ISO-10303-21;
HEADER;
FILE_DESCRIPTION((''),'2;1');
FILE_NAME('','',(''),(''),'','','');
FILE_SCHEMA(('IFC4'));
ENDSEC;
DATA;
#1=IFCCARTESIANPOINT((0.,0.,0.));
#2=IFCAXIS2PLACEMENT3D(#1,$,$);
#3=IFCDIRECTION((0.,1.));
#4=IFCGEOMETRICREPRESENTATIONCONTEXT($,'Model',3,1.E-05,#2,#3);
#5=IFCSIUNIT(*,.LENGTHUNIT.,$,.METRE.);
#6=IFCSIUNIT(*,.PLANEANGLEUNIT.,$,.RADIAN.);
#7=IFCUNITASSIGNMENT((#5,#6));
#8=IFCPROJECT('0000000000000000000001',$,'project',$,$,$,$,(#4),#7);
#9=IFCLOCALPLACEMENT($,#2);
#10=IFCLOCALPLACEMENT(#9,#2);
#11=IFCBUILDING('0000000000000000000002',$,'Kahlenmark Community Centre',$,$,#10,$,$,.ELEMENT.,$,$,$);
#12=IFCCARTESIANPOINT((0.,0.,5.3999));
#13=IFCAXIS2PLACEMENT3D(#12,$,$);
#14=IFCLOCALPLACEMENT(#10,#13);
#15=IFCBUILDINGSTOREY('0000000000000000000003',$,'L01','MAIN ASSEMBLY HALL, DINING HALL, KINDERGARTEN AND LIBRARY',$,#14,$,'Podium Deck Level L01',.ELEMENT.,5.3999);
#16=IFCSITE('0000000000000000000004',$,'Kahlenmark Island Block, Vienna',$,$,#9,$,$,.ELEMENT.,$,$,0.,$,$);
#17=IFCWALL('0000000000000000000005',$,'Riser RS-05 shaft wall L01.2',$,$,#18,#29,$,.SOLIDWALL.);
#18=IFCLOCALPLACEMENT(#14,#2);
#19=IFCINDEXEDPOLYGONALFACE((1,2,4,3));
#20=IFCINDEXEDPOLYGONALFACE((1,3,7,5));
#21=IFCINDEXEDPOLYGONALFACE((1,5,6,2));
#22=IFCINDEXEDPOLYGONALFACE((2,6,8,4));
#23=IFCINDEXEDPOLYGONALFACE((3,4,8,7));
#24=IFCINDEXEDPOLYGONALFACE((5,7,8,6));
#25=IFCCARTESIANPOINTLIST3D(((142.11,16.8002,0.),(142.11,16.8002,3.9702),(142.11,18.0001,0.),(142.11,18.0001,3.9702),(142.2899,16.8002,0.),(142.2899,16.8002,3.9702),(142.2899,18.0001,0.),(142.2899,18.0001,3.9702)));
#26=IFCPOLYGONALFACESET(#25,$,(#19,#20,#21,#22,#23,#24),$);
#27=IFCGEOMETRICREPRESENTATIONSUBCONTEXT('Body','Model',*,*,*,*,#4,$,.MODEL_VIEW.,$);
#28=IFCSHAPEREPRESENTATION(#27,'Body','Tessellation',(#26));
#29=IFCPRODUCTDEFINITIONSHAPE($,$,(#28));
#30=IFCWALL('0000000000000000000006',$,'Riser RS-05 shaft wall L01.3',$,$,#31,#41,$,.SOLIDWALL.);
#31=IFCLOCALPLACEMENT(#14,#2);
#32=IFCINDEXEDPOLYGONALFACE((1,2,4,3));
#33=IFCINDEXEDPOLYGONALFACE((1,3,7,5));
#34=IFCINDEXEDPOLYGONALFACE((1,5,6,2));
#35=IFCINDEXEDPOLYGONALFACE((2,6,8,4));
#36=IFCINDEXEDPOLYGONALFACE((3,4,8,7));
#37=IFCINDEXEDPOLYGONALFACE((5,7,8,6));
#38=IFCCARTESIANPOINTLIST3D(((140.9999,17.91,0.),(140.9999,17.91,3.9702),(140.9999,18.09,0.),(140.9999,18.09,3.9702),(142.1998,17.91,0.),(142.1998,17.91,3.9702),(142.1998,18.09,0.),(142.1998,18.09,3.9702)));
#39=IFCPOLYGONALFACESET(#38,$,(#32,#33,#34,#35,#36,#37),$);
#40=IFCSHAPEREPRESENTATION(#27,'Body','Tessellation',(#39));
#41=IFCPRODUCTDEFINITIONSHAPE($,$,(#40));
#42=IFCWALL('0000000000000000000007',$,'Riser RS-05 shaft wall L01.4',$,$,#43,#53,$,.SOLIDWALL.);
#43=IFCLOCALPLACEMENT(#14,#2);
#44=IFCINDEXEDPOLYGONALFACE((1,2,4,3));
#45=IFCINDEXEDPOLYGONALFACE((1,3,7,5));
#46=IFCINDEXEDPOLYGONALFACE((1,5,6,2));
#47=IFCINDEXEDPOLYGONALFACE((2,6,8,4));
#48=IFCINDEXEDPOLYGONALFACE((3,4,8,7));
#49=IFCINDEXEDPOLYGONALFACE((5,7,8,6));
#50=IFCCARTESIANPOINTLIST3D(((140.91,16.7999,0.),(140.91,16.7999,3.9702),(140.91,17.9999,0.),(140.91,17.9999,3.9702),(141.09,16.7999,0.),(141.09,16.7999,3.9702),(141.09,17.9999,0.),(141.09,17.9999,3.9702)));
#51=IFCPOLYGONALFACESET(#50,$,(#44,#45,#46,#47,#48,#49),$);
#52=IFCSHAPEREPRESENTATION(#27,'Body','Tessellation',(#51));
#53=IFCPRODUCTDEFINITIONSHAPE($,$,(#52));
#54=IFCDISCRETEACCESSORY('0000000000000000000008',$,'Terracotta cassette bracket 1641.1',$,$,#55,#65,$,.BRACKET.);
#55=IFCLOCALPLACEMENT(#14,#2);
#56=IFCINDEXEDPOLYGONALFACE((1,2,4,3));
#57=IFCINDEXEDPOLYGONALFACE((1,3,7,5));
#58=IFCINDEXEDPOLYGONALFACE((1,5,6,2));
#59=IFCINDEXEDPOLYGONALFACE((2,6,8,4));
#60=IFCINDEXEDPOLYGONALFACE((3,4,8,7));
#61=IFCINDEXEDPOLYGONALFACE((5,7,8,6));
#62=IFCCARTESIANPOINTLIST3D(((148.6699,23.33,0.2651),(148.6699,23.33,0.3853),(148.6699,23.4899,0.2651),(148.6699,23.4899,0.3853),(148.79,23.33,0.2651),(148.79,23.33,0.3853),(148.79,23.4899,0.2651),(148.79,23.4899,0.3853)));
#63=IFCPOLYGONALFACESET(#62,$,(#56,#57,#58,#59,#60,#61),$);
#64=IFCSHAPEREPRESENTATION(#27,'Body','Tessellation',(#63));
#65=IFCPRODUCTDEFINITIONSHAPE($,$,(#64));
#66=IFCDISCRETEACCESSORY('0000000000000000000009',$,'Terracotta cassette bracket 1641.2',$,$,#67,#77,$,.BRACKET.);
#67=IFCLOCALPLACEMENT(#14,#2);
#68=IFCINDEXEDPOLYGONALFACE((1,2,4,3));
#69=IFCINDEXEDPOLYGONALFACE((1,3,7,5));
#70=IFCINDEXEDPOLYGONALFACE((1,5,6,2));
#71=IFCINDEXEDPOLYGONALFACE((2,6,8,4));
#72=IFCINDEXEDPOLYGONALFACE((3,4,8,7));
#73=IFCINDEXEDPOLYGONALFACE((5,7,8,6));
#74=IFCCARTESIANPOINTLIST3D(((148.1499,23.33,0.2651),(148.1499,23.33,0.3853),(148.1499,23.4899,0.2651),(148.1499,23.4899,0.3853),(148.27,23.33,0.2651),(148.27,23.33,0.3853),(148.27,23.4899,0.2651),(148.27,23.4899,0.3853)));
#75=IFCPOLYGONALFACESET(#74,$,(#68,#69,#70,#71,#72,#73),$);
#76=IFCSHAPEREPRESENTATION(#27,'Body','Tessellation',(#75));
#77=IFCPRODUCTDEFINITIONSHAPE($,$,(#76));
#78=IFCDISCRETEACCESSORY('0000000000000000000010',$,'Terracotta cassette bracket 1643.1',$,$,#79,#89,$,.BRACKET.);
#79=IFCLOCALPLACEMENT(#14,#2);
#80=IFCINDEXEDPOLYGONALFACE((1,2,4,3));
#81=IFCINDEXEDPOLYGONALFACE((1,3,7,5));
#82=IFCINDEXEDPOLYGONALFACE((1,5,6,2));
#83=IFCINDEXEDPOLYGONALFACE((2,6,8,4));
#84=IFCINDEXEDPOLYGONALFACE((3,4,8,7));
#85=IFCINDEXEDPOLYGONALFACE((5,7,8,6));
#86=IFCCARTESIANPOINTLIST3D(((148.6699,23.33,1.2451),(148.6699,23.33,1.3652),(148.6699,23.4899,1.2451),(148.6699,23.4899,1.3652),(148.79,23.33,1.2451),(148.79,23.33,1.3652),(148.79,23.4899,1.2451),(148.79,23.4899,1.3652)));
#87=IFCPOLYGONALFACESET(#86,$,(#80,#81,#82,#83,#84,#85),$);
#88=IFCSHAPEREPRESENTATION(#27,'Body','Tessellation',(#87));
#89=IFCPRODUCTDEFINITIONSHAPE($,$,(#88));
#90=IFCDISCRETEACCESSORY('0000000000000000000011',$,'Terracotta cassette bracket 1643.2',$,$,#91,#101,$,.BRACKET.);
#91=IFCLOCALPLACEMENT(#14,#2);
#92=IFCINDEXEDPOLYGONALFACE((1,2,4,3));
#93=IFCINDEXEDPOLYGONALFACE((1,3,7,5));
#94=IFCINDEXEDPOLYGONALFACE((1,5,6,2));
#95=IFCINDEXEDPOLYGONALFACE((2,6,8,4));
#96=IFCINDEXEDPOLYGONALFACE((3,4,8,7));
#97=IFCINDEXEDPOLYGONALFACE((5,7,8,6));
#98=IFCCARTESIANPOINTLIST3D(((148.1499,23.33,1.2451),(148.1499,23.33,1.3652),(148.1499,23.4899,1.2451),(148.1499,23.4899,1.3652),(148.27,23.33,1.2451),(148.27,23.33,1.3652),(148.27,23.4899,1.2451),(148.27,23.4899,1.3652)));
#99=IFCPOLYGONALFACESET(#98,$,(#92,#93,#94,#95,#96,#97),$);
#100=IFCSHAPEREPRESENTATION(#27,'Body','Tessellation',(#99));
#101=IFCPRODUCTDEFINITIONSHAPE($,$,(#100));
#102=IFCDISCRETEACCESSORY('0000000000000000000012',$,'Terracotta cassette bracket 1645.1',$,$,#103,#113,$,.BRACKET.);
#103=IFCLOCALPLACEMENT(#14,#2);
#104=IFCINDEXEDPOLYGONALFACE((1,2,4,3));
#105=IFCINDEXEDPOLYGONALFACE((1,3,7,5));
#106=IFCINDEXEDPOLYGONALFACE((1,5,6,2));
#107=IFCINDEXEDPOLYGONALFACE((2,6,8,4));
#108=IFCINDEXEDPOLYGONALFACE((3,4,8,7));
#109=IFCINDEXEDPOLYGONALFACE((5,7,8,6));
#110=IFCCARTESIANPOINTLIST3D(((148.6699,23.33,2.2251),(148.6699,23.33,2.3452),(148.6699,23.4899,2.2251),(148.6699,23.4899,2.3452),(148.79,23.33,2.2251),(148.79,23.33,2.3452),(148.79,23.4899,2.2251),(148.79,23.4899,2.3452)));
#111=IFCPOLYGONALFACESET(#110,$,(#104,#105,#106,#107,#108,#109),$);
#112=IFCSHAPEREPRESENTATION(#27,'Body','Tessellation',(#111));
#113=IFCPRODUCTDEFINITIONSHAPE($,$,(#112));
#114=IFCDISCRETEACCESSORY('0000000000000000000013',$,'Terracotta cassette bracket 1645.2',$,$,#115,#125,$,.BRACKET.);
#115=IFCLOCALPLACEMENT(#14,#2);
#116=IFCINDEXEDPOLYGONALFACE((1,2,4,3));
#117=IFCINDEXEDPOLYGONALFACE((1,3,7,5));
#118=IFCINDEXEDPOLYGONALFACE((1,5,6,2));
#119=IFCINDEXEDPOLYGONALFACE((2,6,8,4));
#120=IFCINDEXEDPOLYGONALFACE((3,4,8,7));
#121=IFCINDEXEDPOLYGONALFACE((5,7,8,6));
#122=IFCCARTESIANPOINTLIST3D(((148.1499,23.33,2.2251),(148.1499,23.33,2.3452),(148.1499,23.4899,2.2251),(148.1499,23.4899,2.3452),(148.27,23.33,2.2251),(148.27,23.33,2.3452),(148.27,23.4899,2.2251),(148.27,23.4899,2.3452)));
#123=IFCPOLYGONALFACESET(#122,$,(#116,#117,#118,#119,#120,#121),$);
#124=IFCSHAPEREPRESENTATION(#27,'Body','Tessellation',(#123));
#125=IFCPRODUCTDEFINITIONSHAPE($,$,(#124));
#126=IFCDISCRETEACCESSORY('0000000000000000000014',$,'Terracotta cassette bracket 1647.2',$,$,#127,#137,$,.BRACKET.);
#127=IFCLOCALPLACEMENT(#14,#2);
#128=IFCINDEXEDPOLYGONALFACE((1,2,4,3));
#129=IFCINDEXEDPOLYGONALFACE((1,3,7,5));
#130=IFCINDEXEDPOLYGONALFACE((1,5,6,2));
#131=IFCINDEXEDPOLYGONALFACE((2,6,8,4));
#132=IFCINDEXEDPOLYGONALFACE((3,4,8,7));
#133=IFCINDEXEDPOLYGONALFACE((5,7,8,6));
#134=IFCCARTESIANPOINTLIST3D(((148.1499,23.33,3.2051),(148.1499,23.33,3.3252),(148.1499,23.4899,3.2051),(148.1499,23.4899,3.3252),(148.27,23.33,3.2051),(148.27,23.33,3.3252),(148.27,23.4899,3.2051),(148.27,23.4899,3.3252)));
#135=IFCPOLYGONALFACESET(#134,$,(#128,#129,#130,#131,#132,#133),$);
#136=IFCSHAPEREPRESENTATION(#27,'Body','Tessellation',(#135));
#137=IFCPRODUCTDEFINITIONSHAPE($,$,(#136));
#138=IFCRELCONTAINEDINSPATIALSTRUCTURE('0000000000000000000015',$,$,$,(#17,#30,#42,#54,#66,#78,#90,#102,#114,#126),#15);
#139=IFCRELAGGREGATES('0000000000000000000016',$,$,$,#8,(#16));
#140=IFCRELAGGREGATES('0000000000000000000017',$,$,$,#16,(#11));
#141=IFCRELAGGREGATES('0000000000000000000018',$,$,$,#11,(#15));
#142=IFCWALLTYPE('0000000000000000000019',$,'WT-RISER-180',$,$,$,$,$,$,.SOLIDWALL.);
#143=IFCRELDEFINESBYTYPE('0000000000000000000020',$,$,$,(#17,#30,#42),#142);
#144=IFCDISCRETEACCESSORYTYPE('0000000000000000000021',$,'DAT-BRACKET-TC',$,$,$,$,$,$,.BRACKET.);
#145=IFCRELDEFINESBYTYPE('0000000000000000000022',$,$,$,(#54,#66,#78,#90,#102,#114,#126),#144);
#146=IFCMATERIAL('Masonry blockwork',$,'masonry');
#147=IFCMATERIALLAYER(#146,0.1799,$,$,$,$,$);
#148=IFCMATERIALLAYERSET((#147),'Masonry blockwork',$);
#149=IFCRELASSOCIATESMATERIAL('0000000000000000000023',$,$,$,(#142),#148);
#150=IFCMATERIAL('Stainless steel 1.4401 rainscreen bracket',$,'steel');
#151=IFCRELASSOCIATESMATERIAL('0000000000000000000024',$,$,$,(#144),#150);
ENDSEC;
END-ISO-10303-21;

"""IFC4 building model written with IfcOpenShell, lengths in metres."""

from ifc_helpers import new_model, si_unit, direction, frame, frame_2d, origin, origin_2d, place, context, subcontext, project, spatial, rectangle, extrude, material, layer, layer_set, type_object, element, save


model = new_model("IFC4")

# Units and contexts
model_context = context("Model", 3, precision=1e-05, world=origin(), true_north=direction((0.0, 1.0)))
body_context = subcontext(model_context, "Body", "Model", "MODEL_VIEW")
ifc_project = project(units=[si_unit("LENGTHUNIT", "METRE"), si_unit("PLANEANGLEUNIT", "RADIAN")], contexts=[model_context])

# Site, building, storey
site_placement = place(None, origin())
site = spatial("IfcSite", under=ifc_project, at=site_placement, Name="Kahlenmark Island Block, Vienna", CompositionType="ELEMENT", RefElevation=0.0)
building_placement = place(site_placement, origin())
building = spatial("IfcBuilding", under=site, at=building_placement, Name="Kahlenmark Community Centre", CompositionType="ELEMENT")
storey_placement = place(building_placement, frame((0.0, 0.0, 5.3999)))
storey = spatial("IfcBuildingStorey", under=building, at=storey_placement, Name="L01", Description="MAIN ASSEMBLY HALL, DINING HALL, KINDERGARTEN AND LIBRARY", LongName="Podium Deck Level L01", CompositionType="ELEMENT", Elevation=5.3999)

# Shared definitions
ifc_material_1 = material(Name="Masonry blockwork", Category="masonry")
ifc_layer_1 = layer(ifc_material_1, 0.1799)
ifc_layer_set_1 = layer_set([ifc_layer_1], Name="Masonry blockwork")
wall_type_1 = type_object("IfcWallType", Name="WT-RISER-180", PredefinedType="SOLIDWALL", material=ifc_layer_set_1)

# Walls
for number, where, z_axis, x_axis, name in (
    (1, (142.2, 16.8, 0.0), (0.0, 0.0, 1.0), (0.0, 1.0, 0.0), "Riser RS-05 shaft wall L01.2"),
    (2, (142.2, 18.0, 0.0), (0.0, 0.0, 1.0), (-1.0, 0.0, 0.0), "Riser RS-05 shaft wall L01.3"),
    (3, (141.0, 18.0, 0.0), (0.0, 0.0, 1.0), (0.0, -1.0, 0.0), "Riser RS-05 shaft wall L01.4"),
):
    element("IfcWall", number, at=place(storey_placement, frame(where, z_axis=z_axis, x_axis=x_axis)), inside=storey, type_object=wall_type_1, Name=name, PredefinedType="SOLIDWALL", context=body_context, shape_type="SweptSolid", body=[
        extrude(rectangle(XDim=1.2, YDim=0.1799, at=frame_2d((0.6001, 0.0))), origin(), (0.0, 0.0, 1.0), 3.9702),
    ])

# Discrete accessories
ifc_material_2 = material(Name="Stainless steel 1.4401 rainscreen bracket", Category="steel")
discrete_accessory_type = type_object("IfcDiscreteAccessoryType", Name="DAT-BRACKET-TC", PredefinedType="BRACKET", material=ifc_material_2)
for number, where, z_axis, x_axis, name in (
    (4, (148.73, 23.4099, 0.2651), (0.0, 0.0, 1.0), (-1.0, 0.0, 0.0), "Terracotta cassette bracket 1641.1"),
    (5, (148.21, 23.4099, 0.2651), (0.0, 0.0, 1.0), (-1.0, 0.0, 0.0), "Terracotta cassette bracket 1641.2"),
    (6, (148.73, 23.4099, 1.2451), (0.0, 0.0, 1.0), (-1.0, 0.0, 0.0), "Terracotta cassette bracket 1643.1"),
    (7, (148.21, 23.4099, 1.2451), (0.0, 0.0, 1.0), (-1.0, 0.0, 0.0), "Terracotta cassette bracket 1643.2"),
    (8, (148.73, 23.4099, 2.2251), (0.0, 0.0, 1.0), (-1.0, 0.0, 0.0), "Terracotta cassette bracket 1645.1"),
    (9, (148.21, 23.4099, 2.2251), (0.0, 0.0, 1.0), (-1.0, 0.0, 0.0), "Terracotta cassette bracket 1645.2"),
    (10, (148.21, 23.4099, 3.2051), (0.0, 0.0, 1.0), (-1.0, 0.0, 0.0), "Terracotta cassette bracket 1647.2"),
):
    element("IfcDiscreteAccessory", number, at=place(storey_placement, frame(where, z_axis=z_axis, x_axis=x_axis)), inside=storey, type_object=discrete_accessory_type, Name=name, PredefinedType="BRACKET", context=body_context, shape_type="SweptSolid", body=[
        extrude(rectangle(XDim=0.1201, YDim=0.1599, at=origin_2d()), origin(), (0.0, 0.0, 1.0), 0.1201),
    ])

save(model, "model.ifc")
